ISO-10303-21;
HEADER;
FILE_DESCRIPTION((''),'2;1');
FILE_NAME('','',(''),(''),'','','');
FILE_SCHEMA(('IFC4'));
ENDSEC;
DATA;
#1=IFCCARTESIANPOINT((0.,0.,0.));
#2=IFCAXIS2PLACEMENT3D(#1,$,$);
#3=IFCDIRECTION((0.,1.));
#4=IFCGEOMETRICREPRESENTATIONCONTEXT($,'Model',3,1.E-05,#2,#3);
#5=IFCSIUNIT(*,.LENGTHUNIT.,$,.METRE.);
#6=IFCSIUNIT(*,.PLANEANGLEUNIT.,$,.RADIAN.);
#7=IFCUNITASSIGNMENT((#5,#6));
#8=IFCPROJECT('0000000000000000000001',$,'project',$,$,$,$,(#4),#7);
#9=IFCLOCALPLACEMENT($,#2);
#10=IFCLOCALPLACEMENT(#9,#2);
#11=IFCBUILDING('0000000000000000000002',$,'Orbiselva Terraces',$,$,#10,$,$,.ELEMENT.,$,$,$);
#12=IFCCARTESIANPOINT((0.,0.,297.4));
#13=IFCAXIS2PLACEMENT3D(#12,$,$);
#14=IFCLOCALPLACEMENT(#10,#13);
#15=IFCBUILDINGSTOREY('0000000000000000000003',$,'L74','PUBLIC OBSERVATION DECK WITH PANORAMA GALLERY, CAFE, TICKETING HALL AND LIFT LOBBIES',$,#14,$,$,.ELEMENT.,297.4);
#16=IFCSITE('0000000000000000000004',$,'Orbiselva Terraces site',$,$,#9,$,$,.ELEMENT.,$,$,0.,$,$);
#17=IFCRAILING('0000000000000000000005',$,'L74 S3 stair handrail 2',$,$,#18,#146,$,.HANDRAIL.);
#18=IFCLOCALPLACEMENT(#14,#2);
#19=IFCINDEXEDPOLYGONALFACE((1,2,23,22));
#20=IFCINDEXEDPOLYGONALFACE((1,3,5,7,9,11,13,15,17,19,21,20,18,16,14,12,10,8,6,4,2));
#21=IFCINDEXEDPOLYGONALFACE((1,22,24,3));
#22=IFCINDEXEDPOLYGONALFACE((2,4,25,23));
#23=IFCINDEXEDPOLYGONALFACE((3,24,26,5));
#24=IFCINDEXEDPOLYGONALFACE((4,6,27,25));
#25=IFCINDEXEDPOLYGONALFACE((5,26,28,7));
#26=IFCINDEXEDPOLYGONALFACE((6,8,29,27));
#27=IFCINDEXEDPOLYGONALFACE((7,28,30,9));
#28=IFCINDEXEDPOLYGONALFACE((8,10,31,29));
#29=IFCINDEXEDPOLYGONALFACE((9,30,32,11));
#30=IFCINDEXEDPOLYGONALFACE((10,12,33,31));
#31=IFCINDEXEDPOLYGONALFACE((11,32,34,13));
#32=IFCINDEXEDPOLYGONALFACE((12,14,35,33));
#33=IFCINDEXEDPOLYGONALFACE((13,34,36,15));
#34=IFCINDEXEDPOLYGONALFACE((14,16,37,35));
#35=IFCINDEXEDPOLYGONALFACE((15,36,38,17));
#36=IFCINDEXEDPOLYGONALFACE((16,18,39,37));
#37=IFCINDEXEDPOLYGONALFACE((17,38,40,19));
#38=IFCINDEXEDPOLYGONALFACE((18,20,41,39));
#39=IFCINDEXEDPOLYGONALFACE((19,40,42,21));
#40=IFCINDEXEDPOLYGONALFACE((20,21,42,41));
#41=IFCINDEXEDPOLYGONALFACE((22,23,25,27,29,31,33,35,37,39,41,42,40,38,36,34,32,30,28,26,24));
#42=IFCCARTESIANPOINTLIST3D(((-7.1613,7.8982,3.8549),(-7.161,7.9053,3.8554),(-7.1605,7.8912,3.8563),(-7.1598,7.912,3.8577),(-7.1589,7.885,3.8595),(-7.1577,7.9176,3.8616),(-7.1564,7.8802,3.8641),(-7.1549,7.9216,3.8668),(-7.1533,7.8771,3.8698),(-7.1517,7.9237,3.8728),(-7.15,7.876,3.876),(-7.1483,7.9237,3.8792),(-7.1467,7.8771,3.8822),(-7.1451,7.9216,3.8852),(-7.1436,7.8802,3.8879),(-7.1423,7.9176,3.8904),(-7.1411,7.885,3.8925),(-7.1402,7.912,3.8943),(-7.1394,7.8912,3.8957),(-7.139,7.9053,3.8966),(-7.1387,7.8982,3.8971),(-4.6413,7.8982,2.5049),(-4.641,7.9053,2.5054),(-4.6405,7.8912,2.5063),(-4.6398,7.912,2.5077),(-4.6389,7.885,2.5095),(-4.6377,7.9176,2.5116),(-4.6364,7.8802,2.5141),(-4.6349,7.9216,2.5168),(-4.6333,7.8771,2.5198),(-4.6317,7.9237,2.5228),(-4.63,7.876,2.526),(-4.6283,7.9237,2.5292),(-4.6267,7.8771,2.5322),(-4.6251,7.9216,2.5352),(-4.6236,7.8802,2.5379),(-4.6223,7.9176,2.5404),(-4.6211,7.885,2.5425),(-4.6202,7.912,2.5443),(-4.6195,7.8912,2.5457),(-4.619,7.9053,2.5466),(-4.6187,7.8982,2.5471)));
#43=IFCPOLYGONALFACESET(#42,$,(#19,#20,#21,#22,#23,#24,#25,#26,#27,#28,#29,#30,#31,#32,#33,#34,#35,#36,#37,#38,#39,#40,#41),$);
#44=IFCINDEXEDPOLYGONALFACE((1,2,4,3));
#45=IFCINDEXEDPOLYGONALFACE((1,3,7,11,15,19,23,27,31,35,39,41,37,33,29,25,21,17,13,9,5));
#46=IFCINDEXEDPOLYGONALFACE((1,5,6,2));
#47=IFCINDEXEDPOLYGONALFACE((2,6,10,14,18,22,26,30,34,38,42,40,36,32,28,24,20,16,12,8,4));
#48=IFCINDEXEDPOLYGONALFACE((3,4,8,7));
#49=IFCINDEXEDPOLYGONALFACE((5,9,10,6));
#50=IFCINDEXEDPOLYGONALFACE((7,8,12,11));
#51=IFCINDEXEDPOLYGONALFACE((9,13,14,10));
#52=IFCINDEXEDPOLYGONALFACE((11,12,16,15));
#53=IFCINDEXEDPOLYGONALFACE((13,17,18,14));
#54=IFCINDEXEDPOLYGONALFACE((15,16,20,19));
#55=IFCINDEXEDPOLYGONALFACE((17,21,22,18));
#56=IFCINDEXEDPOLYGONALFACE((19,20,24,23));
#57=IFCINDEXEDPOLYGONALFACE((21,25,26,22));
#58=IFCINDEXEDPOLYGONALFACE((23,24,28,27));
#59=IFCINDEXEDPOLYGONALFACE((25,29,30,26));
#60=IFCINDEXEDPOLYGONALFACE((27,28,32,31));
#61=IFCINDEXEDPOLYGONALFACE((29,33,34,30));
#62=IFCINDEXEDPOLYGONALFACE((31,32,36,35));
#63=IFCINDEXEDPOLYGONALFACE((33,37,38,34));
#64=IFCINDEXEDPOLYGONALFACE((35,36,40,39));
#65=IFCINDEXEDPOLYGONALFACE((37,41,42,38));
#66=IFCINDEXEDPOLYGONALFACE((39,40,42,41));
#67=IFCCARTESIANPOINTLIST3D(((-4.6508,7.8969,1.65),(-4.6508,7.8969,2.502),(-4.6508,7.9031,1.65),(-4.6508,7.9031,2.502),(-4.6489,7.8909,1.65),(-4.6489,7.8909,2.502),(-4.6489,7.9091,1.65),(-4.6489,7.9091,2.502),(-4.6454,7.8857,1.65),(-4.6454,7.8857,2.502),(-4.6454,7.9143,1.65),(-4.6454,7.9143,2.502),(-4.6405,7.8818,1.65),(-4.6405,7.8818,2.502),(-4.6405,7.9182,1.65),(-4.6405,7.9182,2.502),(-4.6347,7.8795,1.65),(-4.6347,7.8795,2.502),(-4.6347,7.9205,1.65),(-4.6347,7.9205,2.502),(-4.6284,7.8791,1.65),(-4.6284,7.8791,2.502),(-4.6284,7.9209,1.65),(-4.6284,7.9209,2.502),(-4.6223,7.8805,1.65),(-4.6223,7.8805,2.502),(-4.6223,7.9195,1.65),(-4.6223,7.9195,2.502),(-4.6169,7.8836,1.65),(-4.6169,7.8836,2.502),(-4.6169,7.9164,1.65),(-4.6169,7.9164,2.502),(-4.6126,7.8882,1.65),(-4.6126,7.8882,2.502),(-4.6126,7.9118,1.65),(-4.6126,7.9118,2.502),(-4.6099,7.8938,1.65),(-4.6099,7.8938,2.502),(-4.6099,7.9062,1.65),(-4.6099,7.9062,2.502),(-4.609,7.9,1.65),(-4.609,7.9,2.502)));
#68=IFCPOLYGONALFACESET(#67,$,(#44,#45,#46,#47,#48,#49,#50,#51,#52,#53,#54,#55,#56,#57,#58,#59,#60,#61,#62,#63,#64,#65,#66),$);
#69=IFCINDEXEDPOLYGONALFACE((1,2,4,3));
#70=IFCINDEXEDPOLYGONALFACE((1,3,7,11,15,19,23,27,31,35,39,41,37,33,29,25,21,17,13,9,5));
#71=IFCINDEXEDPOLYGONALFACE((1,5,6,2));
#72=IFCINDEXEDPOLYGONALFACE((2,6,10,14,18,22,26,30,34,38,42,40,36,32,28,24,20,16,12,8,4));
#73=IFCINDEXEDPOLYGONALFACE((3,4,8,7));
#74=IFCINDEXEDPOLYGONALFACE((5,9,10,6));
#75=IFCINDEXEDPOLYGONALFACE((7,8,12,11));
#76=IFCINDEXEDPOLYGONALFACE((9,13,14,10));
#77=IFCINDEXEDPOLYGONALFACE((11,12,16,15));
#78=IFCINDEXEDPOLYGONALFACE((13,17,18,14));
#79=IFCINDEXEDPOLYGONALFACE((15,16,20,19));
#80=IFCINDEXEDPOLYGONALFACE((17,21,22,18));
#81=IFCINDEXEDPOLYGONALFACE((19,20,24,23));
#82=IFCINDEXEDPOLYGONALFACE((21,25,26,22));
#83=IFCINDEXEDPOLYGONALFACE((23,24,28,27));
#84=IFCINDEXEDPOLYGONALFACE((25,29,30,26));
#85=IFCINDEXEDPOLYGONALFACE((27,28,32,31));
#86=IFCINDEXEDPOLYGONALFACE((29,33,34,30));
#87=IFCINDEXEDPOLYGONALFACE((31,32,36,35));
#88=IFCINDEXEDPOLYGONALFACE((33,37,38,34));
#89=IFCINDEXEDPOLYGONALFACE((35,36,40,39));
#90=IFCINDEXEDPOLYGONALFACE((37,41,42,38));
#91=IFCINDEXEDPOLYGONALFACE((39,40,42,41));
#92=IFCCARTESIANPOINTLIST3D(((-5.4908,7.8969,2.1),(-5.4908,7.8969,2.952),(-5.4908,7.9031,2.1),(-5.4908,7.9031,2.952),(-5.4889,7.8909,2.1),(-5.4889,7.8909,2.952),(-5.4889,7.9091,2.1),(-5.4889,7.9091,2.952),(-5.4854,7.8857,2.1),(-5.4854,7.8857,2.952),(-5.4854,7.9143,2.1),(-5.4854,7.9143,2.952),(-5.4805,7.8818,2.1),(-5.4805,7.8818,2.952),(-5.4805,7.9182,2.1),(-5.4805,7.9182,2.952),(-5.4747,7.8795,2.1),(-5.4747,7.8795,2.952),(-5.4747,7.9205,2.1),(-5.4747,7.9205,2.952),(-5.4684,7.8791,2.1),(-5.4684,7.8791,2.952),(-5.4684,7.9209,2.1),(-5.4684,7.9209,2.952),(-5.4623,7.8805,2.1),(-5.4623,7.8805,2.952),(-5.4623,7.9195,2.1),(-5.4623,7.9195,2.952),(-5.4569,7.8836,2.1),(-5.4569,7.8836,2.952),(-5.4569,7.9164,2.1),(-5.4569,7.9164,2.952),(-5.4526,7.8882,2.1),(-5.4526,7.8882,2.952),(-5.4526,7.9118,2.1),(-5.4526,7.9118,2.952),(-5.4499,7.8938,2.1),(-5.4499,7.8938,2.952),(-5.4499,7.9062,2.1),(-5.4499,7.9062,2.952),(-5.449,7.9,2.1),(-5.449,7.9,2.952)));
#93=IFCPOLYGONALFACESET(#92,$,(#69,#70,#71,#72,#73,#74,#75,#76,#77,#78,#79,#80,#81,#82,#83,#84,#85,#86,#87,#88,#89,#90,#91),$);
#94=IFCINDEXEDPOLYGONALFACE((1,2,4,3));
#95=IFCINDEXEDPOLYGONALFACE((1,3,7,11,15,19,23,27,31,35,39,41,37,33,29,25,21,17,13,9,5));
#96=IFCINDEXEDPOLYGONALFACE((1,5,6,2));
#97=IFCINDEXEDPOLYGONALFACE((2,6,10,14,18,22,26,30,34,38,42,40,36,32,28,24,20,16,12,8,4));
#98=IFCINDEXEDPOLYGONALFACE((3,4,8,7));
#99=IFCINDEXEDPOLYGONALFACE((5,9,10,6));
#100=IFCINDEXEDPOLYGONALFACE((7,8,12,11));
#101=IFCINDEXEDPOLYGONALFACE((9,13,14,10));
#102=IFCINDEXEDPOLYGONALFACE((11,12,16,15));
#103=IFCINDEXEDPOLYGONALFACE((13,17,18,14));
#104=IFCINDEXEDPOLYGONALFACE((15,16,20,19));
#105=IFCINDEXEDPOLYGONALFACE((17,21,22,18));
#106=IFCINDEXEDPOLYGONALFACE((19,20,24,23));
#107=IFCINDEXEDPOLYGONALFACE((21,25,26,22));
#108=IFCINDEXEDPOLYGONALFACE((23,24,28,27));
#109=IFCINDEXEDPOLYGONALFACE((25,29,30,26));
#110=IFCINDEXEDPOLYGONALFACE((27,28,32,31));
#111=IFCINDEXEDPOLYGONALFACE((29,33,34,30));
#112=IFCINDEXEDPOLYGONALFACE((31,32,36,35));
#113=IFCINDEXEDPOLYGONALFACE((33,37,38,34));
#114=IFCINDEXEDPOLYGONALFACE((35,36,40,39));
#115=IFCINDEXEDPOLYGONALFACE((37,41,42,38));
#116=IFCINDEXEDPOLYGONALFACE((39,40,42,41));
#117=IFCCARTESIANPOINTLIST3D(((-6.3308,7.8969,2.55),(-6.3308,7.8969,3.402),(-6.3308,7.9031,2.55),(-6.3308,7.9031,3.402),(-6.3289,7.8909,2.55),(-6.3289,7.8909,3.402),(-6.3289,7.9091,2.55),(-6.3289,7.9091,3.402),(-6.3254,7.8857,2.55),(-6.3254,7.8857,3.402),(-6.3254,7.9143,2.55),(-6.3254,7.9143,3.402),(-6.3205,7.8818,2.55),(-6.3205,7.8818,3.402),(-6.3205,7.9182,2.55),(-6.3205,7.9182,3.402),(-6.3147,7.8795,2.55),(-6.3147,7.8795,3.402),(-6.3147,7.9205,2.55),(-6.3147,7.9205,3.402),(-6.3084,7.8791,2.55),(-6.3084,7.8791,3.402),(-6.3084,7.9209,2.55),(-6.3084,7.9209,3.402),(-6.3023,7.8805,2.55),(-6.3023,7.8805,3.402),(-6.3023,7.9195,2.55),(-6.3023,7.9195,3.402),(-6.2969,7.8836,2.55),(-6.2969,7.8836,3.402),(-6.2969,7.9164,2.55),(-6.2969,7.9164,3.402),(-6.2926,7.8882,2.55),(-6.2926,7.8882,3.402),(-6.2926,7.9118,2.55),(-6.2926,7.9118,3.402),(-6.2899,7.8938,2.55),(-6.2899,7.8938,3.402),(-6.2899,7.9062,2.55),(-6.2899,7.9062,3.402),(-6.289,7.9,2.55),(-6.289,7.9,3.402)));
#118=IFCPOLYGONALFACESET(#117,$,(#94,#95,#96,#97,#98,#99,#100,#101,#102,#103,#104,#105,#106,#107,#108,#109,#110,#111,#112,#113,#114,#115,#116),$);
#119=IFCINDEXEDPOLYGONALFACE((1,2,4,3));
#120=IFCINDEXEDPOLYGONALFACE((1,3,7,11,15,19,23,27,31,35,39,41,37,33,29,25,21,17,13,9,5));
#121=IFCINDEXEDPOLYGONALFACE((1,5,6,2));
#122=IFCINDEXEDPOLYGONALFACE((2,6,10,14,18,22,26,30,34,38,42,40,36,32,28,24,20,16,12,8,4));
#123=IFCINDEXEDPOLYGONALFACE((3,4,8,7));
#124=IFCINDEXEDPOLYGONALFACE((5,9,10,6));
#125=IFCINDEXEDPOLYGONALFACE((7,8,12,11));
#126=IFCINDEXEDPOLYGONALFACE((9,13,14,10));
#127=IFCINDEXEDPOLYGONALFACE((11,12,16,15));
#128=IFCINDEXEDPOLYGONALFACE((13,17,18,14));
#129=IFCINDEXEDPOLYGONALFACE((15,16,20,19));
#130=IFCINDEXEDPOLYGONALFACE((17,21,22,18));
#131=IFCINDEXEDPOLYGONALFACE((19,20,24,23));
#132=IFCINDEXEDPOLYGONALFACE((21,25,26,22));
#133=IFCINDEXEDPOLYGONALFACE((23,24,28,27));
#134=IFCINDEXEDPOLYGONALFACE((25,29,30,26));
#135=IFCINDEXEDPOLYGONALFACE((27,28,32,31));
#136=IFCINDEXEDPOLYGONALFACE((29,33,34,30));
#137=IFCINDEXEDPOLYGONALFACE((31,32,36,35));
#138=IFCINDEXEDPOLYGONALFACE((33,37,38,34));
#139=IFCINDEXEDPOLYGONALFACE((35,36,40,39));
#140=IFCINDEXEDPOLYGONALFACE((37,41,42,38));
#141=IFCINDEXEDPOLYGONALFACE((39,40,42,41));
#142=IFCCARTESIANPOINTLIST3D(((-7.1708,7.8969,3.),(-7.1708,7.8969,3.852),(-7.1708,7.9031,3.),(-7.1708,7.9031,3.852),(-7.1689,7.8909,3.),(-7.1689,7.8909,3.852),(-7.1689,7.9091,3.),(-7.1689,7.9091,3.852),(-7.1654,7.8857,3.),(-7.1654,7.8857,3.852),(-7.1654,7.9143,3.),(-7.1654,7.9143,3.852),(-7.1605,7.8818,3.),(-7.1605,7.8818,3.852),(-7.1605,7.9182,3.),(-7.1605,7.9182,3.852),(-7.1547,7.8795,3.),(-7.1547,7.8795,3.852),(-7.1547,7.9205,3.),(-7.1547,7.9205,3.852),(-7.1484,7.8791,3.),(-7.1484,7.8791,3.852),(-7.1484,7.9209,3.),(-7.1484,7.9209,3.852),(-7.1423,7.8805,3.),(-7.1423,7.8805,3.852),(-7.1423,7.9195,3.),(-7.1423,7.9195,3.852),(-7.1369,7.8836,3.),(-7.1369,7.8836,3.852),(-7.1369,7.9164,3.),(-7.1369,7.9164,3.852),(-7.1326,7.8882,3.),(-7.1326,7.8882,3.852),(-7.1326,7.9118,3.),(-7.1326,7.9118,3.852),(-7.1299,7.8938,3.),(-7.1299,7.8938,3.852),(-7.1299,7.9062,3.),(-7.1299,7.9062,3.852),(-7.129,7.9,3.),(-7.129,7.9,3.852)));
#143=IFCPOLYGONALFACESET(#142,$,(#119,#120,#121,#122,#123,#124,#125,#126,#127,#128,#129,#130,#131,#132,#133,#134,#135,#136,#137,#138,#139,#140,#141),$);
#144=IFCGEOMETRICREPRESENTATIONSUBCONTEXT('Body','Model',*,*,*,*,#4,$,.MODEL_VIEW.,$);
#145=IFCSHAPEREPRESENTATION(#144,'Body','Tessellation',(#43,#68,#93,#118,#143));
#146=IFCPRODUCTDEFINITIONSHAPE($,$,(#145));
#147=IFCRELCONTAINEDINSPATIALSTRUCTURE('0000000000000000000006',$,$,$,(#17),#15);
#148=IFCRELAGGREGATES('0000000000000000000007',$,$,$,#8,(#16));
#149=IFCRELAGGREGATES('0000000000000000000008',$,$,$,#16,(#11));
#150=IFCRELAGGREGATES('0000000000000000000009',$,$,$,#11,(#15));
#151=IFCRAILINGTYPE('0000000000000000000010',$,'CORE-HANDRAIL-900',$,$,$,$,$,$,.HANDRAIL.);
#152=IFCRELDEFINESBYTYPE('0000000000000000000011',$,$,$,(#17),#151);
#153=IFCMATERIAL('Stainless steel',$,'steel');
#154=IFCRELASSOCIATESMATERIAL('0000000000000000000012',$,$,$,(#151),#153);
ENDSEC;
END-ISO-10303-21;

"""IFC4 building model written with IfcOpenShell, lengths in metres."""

from ifc_helpers import new_model, si_unit, direction, frame, origin, origin_2d, place, context, subcontext, project, spatial, circle, extrude, material, type_object, element, save


model = new_model("IFC4")

# Units and contexts
model_context = context("Model", 3, precision=1e-05, world=origin(), true_north=direction((0.0, 1.0)))
body_context = subcontext(model_context, "Body", "Model", "MODEL_VIEW")
ifc_project = project(units=[si_unit("LENGTHUNIT", "METRE"), si_unit("PLANEANGLEUNIT", "RADIAN")], contexts=[model_context])

# Site, building, storey
site_placement = place(None, origin())
site = spatial("IfcSite", under=ifc_project, at=site_placement, Name="Orbiselva Terraces site", CompositionType="ELEMENT", RefElevation=0.0)
building_placement = place(site_placement, origin())
building = spatial("IfcBuilding", under=site, at=building_placement, Name="Orbiselva Terraces", CompositionType="ELEMENT")
storey_placement = place(building_placement, frame((0.0, 0.0, 297.4)))
storey = spatial("IfcBuildingStorey", under=building, at=storey_placement, Name="L74", Description="PUBLIC OBSERVATION DECK WITH PANORAMA GALLERY, CAFE, TICKETING HALL AND LIFT LOBBIES", CompositionType="ELEMENT", Elevation=297.4)

# Railing
ifc_material_1 = material(Name="Stainless steel", Category="steel")
railing_type_1 = type_object("IfcRailingType", Name="CORE-HANDRAIL-900", PredefinedType="HANDRAIL", material=ifc_material_1)
railing_1_placement = place(storey_placement, frame((-4.63, 7.9, 1.65)))
element("IfcRailing", 1, at=railing_1_placement, inside=storey, type_object=railing_type_1, Name="L74 S3 stair handrail 2", PredefinedType="HANDRAIL", context=body_context, shape_type="SweptSolid", body=[
    extrude(circle(Radius=0.024, at=origin_2d()), frame((0.0, 0.0, 0.876), z_axis=(-0.88148, 0.0, 0.472221), x_axis=(0.0, -1.0, 0.0)), (0.0, 0.0, 1.0), 2.8588),
    extrude(circle(Radius=0.021, at=origin_2d()), origin(), (0.0, 0.0, 1.0), 0.852),
    extrude(circle(Radius=0.021, at=origin_2d()), frame((-0.84, 0.0, 0.45)), (0.0, 0.0, 1.0), 0.852),
    extrude(circle(Radius=0.021, at=origin_2d()), frame((-1.68, 0.0, 0.9)), (0.0, 0.0, 1.0), 0.852),
    extrude(circle(Radius=0.021, at=origin_2d()), frame((-2.52, 0.0, 1.35)), (0.0, 0.0, 1.0), 0.852),
])

save(model, "model.ifc")
